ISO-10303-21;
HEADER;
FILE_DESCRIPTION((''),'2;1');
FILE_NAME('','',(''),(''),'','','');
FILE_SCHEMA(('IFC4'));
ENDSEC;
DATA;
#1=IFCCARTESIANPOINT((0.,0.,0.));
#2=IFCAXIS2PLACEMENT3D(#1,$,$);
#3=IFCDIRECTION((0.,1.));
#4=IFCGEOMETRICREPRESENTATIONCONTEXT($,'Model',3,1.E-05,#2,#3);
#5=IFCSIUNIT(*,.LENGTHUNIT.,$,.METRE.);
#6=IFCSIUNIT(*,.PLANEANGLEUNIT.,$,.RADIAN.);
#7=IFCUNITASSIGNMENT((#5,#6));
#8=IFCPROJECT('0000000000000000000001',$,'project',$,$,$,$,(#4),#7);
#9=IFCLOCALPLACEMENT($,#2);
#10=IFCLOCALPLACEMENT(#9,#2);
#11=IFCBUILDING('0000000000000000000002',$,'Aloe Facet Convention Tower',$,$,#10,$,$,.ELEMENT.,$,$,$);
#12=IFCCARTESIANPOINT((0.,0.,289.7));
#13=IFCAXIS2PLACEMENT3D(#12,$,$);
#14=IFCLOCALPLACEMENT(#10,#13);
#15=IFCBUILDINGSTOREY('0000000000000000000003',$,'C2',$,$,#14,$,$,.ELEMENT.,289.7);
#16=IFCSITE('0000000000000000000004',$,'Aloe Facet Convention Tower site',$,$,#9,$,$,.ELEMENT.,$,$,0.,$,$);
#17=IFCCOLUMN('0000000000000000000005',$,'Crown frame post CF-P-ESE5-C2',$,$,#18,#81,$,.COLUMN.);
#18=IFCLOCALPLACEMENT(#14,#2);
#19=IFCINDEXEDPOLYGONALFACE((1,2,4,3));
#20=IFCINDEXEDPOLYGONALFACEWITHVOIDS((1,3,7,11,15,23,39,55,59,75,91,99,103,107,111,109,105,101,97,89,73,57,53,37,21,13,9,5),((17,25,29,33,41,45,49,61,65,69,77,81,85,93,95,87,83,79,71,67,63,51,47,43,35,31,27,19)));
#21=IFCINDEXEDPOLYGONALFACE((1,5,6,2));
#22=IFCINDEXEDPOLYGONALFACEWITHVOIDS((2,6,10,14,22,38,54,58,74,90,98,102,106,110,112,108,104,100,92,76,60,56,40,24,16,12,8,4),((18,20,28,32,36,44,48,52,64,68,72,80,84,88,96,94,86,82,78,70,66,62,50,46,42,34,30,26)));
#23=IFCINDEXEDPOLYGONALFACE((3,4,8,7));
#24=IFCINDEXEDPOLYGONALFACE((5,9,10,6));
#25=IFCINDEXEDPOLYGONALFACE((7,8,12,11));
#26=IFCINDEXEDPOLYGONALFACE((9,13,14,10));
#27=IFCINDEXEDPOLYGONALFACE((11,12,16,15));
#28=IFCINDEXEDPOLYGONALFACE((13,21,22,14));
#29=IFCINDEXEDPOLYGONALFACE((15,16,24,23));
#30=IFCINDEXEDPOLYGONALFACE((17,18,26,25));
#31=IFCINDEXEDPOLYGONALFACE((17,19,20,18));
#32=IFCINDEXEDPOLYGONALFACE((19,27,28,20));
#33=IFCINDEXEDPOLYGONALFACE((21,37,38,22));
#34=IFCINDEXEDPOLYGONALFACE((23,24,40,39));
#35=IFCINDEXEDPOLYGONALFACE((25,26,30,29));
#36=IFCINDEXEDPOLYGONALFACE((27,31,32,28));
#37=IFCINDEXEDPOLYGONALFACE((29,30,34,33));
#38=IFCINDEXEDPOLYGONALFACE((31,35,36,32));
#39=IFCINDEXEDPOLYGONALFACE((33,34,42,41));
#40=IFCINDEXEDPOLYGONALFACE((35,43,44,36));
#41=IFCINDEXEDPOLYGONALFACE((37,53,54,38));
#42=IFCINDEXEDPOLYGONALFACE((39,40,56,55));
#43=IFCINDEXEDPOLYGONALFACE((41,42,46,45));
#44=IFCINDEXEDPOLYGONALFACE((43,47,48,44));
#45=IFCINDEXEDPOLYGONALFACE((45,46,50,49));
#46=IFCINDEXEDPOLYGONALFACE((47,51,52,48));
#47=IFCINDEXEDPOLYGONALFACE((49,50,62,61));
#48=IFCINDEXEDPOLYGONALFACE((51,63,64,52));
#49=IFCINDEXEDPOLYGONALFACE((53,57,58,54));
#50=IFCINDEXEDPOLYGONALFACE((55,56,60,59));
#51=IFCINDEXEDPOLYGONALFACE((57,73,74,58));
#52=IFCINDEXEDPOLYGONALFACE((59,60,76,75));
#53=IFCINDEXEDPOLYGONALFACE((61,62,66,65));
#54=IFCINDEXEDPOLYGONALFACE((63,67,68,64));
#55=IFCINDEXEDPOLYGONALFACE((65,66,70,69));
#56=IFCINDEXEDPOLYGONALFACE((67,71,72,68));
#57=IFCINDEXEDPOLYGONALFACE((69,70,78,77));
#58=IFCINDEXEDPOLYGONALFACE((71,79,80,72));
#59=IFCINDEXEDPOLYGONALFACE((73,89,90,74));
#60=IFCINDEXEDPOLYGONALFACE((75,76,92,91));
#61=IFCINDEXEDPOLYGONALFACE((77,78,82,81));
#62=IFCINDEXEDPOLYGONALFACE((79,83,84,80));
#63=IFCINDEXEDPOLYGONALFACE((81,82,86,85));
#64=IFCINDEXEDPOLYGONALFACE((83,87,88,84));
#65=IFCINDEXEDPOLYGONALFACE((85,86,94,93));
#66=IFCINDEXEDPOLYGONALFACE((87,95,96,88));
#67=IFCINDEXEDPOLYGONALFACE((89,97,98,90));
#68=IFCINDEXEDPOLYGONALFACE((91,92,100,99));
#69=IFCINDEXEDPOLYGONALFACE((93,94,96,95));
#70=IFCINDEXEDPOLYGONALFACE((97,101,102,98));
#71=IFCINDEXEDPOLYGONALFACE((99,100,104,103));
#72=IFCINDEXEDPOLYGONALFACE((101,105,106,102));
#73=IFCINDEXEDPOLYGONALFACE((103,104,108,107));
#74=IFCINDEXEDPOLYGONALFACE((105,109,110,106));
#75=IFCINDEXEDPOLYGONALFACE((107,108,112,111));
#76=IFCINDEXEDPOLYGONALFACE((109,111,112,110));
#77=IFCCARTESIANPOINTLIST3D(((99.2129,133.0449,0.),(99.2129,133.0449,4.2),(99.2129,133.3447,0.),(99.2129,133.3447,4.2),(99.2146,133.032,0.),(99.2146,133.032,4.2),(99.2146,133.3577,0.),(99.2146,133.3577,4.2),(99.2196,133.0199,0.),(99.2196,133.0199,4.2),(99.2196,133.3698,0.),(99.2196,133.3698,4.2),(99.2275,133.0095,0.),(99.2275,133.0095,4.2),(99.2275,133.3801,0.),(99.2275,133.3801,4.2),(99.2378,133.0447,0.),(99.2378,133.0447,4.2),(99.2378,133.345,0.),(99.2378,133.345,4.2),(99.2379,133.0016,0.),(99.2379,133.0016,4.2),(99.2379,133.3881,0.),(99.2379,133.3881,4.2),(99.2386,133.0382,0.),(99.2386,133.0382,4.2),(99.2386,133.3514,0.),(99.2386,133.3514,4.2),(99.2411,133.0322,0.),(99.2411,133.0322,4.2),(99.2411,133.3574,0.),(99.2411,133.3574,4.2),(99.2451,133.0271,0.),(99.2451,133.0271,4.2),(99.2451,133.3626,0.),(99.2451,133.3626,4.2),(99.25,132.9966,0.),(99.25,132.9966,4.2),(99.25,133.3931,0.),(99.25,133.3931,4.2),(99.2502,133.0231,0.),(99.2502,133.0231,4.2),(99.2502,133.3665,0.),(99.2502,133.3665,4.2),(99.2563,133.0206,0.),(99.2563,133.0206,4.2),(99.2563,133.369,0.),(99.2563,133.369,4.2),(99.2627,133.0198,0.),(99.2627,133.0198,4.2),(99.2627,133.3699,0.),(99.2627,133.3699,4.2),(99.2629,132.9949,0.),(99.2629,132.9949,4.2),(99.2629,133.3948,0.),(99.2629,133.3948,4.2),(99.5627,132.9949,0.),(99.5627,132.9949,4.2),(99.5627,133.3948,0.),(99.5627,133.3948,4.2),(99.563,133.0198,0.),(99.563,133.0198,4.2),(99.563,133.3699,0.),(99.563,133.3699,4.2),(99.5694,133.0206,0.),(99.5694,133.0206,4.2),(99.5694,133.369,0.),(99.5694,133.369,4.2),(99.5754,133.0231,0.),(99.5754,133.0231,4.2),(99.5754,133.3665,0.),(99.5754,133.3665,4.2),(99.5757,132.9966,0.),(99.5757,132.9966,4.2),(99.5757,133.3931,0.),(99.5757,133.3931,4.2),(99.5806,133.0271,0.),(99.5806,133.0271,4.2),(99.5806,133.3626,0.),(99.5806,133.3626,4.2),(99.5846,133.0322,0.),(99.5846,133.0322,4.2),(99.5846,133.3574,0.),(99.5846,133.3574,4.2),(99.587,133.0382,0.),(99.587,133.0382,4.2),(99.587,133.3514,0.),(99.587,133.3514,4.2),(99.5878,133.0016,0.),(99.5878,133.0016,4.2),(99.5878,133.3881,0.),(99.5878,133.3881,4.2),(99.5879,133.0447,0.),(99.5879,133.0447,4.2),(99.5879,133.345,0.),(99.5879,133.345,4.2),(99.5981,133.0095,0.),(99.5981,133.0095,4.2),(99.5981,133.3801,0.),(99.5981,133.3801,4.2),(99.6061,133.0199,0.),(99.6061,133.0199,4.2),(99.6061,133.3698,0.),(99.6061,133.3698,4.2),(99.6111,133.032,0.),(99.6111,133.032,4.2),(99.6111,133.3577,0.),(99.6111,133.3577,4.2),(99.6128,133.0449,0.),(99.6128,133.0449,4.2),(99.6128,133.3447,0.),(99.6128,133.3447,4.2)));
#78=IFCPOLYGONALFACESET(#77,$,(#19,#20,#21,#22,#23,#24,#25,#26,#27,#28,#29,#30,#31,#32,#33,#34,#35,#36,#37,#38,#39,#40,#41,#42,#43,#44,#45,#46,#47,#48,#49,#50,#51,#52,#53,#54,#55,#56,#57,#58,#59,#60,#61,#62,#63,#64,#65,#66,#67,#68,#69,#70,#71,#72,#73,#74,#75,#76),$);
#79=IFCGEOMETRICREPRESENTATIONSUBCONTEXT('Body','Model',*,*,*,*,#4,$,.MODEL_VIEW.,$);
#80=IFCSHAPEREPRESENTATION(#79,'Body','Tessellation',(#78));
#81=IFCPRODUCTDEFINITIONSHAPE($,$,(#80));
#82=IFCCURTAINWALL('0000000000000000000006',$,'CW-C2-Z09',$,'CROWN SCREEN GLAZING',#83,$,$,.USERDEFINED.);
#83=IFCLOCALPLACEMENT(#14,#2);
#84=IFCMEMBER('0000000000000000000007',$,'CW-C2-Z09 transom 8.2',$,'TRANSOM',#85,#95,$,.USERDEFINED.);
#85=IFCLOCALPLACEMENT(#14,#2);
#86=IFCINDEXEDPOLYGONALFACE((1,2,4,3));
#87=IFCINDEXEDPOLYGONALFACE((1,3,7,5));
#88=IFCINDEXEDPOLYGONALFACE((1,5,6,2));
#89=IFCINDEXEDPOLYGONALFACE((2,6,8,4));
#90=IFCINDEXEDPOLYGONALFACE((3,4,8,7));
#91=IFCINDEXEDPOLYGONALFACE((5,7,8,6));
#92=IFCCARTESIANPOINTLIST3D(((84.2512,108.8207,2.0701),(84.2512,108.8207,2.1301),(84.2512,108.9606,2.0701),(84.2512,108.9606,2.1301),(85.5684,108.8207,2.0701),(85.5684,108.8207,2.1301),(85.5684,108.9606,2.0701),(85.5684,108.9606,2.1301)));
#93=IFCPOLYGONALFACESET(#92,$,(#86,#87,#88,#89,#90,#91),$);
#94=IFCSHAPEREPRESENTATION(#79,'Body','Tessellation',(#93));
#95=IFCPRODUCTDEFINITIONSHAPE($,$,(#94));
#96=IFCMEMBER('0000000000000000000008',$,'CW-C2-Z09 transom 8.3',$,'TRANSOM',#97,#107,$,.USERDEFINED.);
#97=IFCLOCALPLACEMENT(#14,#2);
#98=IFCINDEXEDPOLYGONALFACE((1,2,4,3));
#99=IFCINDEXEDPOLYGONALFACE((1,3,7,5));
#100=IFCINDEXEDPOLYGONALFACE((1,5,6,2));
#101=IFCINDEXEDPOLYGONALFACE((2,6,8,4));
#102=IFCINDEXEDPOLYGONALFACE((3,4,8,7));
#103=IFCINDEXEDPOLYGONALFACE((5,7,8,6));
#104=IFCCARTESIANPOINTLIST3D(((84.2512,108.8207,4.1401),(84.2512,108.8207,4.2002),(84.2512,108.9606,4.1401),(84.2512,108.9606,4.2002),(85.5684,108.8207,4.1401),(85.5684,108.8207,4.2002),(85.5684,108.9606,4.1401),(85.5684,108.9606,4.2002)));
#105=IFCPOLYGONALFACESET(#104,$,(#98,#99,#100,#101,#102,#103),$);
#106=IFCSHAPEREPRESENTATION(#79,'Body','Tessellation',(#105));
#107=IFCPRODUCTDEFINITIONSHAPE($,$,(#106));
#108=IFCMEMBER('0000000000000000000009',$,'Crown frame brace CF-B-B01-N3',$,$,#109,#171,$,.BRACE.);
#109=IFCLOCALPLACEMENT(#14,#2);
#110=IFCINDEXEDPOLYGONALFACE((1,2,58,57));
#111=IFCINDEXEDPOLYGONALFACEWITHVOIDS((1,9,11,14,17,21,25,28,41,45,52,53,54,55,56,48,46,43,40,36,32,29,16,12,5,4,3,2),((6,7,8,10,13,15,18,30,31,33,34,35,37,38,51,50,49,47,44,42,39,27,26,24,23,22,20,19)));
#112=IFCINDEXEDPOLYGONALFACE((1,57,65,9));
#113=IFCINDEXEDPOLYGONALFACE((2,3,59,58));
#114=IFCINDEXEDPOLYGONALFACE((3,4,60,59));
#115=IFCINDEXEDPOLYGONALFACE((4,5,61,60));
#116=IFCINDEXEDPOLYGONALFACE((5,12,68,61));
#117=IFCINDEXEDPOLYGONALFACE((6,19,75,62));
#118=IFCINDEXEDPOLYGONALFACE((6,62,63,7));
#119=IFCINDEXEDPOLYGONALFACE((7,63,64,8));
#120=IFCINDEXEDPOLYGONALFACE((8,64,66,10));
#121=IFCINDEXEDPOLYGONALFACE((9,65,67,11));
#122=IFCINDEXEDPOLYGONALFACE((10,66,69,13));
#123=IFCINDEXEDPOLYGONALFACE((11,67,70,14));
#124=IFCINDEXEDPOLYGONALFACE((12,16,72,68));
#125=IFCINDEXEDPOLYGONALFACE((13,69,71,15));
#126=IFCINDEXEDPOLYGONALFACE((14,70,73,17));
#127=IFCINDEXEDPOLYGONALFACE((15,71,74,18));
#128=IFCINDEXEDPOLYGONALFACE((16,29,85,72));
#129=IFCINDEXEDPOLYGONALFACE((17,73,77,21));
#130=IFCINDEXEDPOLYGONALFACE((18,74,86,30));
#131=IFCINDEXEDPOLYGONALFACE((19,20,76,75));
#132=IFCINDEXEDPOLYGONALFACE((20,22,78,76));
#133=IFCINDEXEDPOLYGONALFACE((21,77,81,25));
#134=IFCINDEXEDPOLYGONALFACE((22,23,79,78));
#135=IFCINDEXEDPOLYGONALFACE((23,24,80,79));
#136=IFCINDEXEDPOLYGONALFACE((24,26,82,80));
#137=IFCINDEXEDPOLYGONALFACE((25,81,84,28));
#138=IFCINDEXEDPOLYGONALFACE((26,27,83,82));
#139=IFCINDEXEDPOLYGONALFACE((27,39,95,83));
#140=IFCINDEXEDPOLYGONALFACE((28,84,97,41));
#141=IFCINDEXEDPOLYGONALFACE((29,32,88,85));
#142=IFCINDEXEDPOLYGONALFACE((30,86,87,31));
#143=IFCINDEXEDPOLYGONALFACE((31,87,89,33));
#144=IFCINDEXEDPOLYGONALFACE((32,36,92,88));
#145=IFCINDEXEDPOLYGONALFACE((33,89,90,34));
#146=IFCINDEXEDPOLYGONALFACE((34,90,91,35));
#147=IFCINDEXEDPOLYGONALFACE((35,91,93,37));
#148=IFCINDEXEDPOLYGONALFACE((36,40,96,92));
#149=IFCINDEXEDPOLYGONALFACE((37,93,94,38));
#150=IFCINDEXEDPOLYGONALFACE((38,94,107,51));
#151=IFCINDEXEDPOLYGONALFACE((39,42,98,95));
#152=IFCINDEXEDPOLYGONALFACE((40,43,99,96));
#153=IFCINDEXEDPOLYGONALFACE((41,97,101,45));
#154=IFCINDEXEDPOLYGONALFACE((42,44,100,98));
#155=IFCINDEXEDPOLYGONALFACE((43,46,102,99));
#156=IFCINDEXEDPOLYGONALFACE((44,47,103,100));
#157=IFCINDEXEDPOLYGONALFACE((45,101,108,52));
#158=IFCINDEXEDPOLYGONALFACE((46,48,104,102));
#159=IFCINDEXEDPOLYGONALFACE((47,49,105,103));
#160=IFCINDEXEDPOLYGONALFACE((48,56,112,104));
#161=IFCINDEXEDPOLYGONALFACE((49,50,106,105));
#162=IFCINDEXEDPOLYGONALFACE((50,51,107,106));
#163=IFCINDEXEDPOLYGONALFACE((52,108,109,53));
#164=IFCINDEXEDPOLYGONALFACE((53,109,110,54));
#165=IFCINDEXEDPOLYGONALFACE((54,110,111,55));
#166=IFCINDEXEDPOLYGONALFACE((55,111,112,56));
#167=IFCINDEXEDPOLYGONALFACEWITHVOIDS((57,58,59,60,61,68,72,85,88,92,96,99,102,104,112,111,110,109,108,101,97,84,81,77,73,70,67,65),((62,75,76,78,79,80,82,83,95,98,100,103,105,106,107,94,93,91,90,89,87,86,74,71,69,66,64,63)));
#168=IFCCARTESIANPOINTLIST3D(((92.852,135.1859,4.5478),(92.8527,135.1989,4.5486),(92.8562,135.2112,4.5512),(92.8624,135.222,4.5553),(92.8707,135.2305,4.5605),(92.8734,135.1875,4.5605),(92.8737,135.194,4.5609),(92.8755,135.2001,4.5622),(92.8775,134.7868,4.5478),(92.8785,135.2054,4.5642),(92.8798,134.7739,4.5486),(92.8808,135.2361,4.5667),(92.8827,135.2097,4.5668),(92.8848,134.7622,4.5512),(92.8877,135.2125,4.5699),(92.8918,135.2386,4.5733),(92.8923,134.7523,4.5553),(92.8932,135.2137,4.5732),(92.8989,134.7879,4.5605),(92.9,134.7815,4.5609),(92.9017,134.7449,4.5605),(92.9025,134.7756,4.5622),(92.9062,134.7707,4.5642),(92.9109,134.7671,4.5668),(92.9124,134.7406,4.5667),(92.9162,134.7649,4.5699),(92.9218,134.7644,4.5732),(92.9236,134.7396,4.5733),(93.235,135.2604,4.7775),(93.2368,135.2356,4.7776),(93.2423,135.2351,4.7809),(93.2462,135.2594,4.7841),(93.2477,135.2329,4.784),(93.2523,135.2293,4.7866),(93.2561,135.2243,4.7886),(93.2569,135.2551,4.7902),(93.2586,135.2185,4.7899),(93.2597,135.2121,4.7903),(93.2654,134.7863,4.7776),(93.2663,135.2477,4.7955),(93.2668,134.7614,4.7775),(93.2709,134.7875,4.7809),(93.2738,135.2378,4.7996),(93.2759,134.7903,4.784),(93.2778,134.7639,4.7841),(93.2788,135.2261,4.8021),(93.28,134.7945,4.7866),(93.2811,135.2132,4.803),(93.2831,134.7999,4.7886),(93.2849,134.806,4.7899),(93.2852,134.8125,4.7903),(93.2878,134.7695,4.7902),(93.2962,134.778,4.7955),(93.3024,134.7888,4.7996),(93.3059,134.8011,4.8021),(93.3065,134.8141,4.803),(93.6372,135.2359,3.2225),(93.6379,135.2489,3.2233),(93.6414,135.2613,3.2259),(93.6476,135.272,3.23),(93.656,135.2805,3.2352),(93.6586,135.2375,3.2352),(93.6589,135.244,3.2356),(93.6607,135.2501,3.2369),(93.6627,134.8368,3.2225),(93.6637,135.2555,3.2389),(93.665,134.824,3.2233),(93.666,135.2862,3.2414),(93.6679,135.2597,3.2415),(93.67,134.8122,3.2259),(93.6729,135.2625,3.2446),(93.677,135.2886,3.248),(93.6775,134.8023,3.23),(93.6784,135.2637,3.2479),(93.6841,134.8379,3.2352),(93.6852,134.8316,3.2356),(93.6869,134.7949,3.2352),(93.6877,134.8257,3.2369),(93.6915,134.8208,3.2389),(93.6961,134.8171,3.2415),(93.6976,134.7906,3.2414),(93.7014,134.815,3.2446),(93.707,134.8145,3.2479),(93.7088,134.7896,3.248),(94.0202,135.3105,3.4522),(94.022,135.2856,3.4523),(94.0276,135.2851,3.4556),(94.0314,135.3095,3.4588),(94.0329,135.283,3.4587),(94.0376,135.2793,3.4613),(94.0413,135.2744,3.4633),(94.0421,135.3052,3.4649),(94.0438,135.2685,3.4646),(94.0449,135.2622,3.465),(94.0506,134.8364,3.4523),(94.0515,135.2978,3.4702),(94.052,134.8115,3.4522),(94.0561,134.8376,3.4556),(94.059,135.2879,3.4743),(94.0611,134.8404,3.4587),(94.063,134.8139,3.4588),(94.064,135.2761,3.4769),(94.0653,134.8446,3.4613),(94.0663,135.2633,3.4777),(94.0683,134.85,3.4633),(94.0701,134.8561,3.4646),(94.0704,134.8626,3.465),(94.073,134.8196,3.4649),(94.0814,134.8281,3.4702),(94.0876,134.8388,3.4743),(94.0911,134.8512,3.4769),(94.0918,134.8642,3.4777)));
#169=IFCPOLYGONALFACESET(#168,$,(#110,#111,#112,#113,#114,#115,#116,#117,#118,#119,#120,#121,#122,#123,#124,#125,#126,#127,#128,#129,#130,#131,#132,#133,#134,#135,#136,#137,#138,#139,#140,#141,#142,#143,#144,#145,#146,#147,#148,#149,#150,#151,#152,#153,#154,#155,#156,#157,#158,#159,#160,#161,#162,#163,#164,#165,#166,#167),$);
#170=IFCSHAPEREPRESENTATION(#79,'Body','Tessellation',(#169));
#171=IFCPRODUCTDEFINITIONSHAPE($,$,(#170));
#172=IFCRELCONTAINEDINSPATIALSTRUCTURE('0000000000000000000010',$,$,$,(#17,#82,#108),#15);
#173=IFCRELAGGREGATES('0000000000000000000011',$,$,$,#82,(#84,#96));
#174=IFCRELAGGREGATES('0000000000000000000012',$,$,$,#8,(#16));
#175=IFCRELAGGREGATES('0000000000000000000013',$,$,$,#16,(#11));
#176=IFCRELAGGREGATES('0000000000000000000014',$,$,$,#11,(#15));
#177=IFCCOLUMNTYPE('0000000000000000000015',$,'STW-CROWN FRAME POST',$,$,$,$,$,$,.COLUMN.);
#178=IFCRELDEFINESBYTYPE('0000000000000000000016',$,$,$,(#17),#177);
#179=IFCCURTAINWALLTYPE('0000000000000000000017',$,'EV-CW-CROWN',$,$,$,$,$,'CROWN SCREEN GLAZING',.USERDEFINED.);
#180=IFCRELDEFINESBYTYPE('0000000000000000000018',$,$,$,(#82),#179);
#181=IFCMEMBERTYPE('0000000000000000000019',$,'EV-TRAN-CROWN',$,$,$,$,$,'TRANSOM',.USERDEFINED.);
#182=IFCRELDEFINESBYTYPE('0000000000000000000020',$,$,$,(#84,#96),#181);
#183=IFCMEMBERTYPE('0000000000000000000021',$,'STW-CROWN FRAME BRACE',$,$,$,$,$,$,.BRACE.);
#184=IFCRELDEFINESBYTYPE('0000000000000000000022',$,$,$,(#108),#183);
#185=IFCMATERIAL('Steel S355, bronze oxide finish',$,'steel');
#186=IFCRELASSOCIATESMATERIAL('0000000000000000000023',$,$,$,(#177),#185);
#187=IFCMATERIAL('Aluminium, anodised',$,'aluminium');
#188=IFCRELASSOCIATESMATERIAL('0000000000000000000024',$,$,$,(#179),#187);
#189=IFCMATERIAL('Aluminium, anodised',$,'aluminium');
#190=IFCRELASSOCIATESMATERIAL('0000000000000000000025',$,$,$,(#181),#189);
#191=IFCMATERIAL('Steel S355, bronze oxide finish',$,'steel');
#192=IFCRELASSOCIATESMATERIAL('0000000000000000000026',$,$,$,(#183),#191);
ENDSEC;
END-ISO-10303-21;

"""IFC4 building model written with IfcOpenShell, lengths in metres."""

from ifc_helpers import new_model, si_unit, direction, frame, origin, origin_2d, place, context, subcontext, project, spatial, rectangle, hollow_rectangle, extrude, material, material_profile, profile_set, type_object, element, aggregate, save


model = new_model("IFC4")

# Units and contexts
model_context = context("Model", 3, precision=1e-05, world=origin(), true_north=direction((0.0, 1.0)))
body_context = subcontext(model_context, "Body", "Model", "MODEL_VIEW")
ifc_project = project(units=[si_unit("LENGTHUNIT", "METRE"), si_unit("PLANEANGLEUNIT", "RADIAN")], contexts=[model_context])

# Site, building, storey
site_placement = place(None, origin())
site = spatial("IfcSite", under=ifc_project, at=site_placement, Name="Aloe Facet Convention Tower site", CompositionType="ELEMENT", RefElevation=0.0)
building_placement = place(site_placement, origin())
building = spatial("IfcBuilding", under=site, at=building_placement, Name="Aloe Facet Convention Tower", CompositionType="ELEMENT")
storey_placement = place(building_placement, frame((0.0, 0.0, 289.7)))
storey = spatial("IfcBuildingStorey", under=building, at=storey_placement, Name="C2", CompositionType="ELEMENT", Elevation=289.7)

# Column
ifc_material_1 = material(Name="Steel S355, bronze oxide finish", Category="steel")
ifc_material_profile_1 = material_profile(ifc_material_1, hollow_rectangle(XDim=0.3999, YDim=0.3999, WallThickness=0.0249, InnerFilletRadius=0.0249, OuterFilletRadius=0.05, at=origin_2d()), Name="SHS 400x400x25")
ifc_profile_set_1 = profile_set([ifc_material_profile_1], Name="Steel S355, bronze oxide finish")
column_type = type_object("IfcColumnType", Name="STW-CROWN FRAME POST", PredefinedType="COLUMN", material=ifc_profile_set_1)
for number, where, z_axis, x_axis, name in (
    (1, (99.4128, 133.1948, 0.0), (0.0, 0.0, 1.0), (1.0, 0.0, 0.0), "Crown frame post CF-P-ESE5-C2"),
):
    element("IfcColumn", number, at=place(storey_placement, frame(where, z_axis=z_axis, x_axis=x_axis)), inside=storey, type_object=column_type, Name=name, PredefinedType="COLUMN", context=body_context, shape_type="SweptSolid", body=[
        extrude(hollow_rectangle(XDim=0.3999, YDim=0.3999, WallThickness=0.0249, InnerFilletRadius=0.0249, OuterFilletRadius=0.05, at=origin_2d()), origin(), (0.0, 0.0, 1.0), 4.2),
    ])

# Curtain wall, members
ifc_material_2 = material(Name="Aluminium, anodised", Category="aluminium")
curtain_wall_type = type_object("IfcCurtainWallType", Name="EV-CW-CROWN", ElementType="CROWN SCREEN GLAZING", PredefinedType="USERDEFINED", material=ifc_material_2)
curtain_wall_placement = place(storey_placement, origin())
curtain_wall = element("IfcCurtainWall", 2, at=curtain_wall_placement, inside=storey, type_object=curtain_wall_type, Name="CW-C2-Z09", ObjectType="CROWN SCREEN GLAZING", PredefinedType="USERDEFINED")
ifc_material_3 = material(Name="Aluminium, anodised", Category="aluminium")
ifc_material_profile_2 = material_profile(ifc_material_3, rectangle(XDim=0.1399, YDim=0.0601, at=origin_2d()), Name="AL 140x60")
ifc_profile_set_2 = profile_set([ifc_material_profile_2], Name="Aluminium, anodised")
member_type_1 = type_object("IfcMemberType", Name="EV-TRAN-CROWN", ElementType="TRANSOM", PredefinedType="USERDEFINED", material=ifc_profile_set_2)
member_1_placement = place(storey_placement, frame((84.2512, 108.8906, 2.1001), z_axis=(1.0, 0.0, 0.0), x_axis=(0.0, 1.0, 0.0)))
member_1 = element("IfcMember", 3, at=member_1_placement, type_object=member_type_1, Name="CW-C2-Z09 transom 8.2", ObjectType="TRANSOM", PredefinedType="USERDEFINED", context=body_context, shape_type="SweptSolid", body=[
    extrude(rectangle(XDim=0.1399, YDim=0.0601, at=origin_2d()), origin(), (0.0, 0.0, 1.0), 1.3171),
])
member_2_placement = place(storey_placement, frame((84.2512, 108.8906, 4.1702), z_axis=(1.0, 0.0, 0.0), x_axis=(0.0, 1.0, 0.0)))
member_2 = element("IfcMember", 4, at=member_2_placement, type_object=member_type_1, Name="CW-C2-Z09 transom 8.3", ObjectType="TRANSOM", PredefinedType="USERDEFINED", context=body_context, shape_type="SweptSolid", body=[
    extrude(rectangle(XDim=0.1399, YDim=0.0601, at=origin_2d()), origin(), (0.0, 0.0, 1.0), 1.3171),
])

# Member
ifc_material_4 = material(Name="Steel S355, bronze oxide finish", Category="steel")
ifc_material_profile_3 = material_profile(ifc_material_4, hollow_rectangle(XDim=0.5, YDim=0.5, WallThickness=0.0249, InnerFilletRadius=0.0249, OuterFilletRadius=0.05, at=origin_2d()), Name="SHS 500x500x25")
ifc_profile_set_3 = profile_set([ifc_material_profile_3], Name="Steel S355, bronze oxide finish")
member_type_2 = type_object("IfcMemberType", Name="STW-CROWN FRAME BRACE", PredefinedType="BRACE", material=ifc_profile_set_3)
member_3_placement = place(storey_placement, frame((93.8645, 135.05, 3.3501), z_axis=(-0.509464, -0.032475, 0.859879), x_axis=(0.063615, -0.997975, 0.0)))
element("IfcMember", 5, at=member_3_placement, inside=storey, type_object=member_type_2, Name="Crown frame brace CF-B-B01-N3", PredefinedType="BRACE", context=body_context, shape_type="SweptSolid", body=[
    extrude(hollow_rectangle(XDim=0.5, YDim=0.5, WallThickness=0.0249, InnerFilletRadius=0.0249, OuterFilletRadius=0.05, at=origin_2d()), origin(), (0.0, 0.0, 1.0), 1.5413),
])

aggregate(curtain_wall, [member_1, member_2])

save(model, "model.ifc")
